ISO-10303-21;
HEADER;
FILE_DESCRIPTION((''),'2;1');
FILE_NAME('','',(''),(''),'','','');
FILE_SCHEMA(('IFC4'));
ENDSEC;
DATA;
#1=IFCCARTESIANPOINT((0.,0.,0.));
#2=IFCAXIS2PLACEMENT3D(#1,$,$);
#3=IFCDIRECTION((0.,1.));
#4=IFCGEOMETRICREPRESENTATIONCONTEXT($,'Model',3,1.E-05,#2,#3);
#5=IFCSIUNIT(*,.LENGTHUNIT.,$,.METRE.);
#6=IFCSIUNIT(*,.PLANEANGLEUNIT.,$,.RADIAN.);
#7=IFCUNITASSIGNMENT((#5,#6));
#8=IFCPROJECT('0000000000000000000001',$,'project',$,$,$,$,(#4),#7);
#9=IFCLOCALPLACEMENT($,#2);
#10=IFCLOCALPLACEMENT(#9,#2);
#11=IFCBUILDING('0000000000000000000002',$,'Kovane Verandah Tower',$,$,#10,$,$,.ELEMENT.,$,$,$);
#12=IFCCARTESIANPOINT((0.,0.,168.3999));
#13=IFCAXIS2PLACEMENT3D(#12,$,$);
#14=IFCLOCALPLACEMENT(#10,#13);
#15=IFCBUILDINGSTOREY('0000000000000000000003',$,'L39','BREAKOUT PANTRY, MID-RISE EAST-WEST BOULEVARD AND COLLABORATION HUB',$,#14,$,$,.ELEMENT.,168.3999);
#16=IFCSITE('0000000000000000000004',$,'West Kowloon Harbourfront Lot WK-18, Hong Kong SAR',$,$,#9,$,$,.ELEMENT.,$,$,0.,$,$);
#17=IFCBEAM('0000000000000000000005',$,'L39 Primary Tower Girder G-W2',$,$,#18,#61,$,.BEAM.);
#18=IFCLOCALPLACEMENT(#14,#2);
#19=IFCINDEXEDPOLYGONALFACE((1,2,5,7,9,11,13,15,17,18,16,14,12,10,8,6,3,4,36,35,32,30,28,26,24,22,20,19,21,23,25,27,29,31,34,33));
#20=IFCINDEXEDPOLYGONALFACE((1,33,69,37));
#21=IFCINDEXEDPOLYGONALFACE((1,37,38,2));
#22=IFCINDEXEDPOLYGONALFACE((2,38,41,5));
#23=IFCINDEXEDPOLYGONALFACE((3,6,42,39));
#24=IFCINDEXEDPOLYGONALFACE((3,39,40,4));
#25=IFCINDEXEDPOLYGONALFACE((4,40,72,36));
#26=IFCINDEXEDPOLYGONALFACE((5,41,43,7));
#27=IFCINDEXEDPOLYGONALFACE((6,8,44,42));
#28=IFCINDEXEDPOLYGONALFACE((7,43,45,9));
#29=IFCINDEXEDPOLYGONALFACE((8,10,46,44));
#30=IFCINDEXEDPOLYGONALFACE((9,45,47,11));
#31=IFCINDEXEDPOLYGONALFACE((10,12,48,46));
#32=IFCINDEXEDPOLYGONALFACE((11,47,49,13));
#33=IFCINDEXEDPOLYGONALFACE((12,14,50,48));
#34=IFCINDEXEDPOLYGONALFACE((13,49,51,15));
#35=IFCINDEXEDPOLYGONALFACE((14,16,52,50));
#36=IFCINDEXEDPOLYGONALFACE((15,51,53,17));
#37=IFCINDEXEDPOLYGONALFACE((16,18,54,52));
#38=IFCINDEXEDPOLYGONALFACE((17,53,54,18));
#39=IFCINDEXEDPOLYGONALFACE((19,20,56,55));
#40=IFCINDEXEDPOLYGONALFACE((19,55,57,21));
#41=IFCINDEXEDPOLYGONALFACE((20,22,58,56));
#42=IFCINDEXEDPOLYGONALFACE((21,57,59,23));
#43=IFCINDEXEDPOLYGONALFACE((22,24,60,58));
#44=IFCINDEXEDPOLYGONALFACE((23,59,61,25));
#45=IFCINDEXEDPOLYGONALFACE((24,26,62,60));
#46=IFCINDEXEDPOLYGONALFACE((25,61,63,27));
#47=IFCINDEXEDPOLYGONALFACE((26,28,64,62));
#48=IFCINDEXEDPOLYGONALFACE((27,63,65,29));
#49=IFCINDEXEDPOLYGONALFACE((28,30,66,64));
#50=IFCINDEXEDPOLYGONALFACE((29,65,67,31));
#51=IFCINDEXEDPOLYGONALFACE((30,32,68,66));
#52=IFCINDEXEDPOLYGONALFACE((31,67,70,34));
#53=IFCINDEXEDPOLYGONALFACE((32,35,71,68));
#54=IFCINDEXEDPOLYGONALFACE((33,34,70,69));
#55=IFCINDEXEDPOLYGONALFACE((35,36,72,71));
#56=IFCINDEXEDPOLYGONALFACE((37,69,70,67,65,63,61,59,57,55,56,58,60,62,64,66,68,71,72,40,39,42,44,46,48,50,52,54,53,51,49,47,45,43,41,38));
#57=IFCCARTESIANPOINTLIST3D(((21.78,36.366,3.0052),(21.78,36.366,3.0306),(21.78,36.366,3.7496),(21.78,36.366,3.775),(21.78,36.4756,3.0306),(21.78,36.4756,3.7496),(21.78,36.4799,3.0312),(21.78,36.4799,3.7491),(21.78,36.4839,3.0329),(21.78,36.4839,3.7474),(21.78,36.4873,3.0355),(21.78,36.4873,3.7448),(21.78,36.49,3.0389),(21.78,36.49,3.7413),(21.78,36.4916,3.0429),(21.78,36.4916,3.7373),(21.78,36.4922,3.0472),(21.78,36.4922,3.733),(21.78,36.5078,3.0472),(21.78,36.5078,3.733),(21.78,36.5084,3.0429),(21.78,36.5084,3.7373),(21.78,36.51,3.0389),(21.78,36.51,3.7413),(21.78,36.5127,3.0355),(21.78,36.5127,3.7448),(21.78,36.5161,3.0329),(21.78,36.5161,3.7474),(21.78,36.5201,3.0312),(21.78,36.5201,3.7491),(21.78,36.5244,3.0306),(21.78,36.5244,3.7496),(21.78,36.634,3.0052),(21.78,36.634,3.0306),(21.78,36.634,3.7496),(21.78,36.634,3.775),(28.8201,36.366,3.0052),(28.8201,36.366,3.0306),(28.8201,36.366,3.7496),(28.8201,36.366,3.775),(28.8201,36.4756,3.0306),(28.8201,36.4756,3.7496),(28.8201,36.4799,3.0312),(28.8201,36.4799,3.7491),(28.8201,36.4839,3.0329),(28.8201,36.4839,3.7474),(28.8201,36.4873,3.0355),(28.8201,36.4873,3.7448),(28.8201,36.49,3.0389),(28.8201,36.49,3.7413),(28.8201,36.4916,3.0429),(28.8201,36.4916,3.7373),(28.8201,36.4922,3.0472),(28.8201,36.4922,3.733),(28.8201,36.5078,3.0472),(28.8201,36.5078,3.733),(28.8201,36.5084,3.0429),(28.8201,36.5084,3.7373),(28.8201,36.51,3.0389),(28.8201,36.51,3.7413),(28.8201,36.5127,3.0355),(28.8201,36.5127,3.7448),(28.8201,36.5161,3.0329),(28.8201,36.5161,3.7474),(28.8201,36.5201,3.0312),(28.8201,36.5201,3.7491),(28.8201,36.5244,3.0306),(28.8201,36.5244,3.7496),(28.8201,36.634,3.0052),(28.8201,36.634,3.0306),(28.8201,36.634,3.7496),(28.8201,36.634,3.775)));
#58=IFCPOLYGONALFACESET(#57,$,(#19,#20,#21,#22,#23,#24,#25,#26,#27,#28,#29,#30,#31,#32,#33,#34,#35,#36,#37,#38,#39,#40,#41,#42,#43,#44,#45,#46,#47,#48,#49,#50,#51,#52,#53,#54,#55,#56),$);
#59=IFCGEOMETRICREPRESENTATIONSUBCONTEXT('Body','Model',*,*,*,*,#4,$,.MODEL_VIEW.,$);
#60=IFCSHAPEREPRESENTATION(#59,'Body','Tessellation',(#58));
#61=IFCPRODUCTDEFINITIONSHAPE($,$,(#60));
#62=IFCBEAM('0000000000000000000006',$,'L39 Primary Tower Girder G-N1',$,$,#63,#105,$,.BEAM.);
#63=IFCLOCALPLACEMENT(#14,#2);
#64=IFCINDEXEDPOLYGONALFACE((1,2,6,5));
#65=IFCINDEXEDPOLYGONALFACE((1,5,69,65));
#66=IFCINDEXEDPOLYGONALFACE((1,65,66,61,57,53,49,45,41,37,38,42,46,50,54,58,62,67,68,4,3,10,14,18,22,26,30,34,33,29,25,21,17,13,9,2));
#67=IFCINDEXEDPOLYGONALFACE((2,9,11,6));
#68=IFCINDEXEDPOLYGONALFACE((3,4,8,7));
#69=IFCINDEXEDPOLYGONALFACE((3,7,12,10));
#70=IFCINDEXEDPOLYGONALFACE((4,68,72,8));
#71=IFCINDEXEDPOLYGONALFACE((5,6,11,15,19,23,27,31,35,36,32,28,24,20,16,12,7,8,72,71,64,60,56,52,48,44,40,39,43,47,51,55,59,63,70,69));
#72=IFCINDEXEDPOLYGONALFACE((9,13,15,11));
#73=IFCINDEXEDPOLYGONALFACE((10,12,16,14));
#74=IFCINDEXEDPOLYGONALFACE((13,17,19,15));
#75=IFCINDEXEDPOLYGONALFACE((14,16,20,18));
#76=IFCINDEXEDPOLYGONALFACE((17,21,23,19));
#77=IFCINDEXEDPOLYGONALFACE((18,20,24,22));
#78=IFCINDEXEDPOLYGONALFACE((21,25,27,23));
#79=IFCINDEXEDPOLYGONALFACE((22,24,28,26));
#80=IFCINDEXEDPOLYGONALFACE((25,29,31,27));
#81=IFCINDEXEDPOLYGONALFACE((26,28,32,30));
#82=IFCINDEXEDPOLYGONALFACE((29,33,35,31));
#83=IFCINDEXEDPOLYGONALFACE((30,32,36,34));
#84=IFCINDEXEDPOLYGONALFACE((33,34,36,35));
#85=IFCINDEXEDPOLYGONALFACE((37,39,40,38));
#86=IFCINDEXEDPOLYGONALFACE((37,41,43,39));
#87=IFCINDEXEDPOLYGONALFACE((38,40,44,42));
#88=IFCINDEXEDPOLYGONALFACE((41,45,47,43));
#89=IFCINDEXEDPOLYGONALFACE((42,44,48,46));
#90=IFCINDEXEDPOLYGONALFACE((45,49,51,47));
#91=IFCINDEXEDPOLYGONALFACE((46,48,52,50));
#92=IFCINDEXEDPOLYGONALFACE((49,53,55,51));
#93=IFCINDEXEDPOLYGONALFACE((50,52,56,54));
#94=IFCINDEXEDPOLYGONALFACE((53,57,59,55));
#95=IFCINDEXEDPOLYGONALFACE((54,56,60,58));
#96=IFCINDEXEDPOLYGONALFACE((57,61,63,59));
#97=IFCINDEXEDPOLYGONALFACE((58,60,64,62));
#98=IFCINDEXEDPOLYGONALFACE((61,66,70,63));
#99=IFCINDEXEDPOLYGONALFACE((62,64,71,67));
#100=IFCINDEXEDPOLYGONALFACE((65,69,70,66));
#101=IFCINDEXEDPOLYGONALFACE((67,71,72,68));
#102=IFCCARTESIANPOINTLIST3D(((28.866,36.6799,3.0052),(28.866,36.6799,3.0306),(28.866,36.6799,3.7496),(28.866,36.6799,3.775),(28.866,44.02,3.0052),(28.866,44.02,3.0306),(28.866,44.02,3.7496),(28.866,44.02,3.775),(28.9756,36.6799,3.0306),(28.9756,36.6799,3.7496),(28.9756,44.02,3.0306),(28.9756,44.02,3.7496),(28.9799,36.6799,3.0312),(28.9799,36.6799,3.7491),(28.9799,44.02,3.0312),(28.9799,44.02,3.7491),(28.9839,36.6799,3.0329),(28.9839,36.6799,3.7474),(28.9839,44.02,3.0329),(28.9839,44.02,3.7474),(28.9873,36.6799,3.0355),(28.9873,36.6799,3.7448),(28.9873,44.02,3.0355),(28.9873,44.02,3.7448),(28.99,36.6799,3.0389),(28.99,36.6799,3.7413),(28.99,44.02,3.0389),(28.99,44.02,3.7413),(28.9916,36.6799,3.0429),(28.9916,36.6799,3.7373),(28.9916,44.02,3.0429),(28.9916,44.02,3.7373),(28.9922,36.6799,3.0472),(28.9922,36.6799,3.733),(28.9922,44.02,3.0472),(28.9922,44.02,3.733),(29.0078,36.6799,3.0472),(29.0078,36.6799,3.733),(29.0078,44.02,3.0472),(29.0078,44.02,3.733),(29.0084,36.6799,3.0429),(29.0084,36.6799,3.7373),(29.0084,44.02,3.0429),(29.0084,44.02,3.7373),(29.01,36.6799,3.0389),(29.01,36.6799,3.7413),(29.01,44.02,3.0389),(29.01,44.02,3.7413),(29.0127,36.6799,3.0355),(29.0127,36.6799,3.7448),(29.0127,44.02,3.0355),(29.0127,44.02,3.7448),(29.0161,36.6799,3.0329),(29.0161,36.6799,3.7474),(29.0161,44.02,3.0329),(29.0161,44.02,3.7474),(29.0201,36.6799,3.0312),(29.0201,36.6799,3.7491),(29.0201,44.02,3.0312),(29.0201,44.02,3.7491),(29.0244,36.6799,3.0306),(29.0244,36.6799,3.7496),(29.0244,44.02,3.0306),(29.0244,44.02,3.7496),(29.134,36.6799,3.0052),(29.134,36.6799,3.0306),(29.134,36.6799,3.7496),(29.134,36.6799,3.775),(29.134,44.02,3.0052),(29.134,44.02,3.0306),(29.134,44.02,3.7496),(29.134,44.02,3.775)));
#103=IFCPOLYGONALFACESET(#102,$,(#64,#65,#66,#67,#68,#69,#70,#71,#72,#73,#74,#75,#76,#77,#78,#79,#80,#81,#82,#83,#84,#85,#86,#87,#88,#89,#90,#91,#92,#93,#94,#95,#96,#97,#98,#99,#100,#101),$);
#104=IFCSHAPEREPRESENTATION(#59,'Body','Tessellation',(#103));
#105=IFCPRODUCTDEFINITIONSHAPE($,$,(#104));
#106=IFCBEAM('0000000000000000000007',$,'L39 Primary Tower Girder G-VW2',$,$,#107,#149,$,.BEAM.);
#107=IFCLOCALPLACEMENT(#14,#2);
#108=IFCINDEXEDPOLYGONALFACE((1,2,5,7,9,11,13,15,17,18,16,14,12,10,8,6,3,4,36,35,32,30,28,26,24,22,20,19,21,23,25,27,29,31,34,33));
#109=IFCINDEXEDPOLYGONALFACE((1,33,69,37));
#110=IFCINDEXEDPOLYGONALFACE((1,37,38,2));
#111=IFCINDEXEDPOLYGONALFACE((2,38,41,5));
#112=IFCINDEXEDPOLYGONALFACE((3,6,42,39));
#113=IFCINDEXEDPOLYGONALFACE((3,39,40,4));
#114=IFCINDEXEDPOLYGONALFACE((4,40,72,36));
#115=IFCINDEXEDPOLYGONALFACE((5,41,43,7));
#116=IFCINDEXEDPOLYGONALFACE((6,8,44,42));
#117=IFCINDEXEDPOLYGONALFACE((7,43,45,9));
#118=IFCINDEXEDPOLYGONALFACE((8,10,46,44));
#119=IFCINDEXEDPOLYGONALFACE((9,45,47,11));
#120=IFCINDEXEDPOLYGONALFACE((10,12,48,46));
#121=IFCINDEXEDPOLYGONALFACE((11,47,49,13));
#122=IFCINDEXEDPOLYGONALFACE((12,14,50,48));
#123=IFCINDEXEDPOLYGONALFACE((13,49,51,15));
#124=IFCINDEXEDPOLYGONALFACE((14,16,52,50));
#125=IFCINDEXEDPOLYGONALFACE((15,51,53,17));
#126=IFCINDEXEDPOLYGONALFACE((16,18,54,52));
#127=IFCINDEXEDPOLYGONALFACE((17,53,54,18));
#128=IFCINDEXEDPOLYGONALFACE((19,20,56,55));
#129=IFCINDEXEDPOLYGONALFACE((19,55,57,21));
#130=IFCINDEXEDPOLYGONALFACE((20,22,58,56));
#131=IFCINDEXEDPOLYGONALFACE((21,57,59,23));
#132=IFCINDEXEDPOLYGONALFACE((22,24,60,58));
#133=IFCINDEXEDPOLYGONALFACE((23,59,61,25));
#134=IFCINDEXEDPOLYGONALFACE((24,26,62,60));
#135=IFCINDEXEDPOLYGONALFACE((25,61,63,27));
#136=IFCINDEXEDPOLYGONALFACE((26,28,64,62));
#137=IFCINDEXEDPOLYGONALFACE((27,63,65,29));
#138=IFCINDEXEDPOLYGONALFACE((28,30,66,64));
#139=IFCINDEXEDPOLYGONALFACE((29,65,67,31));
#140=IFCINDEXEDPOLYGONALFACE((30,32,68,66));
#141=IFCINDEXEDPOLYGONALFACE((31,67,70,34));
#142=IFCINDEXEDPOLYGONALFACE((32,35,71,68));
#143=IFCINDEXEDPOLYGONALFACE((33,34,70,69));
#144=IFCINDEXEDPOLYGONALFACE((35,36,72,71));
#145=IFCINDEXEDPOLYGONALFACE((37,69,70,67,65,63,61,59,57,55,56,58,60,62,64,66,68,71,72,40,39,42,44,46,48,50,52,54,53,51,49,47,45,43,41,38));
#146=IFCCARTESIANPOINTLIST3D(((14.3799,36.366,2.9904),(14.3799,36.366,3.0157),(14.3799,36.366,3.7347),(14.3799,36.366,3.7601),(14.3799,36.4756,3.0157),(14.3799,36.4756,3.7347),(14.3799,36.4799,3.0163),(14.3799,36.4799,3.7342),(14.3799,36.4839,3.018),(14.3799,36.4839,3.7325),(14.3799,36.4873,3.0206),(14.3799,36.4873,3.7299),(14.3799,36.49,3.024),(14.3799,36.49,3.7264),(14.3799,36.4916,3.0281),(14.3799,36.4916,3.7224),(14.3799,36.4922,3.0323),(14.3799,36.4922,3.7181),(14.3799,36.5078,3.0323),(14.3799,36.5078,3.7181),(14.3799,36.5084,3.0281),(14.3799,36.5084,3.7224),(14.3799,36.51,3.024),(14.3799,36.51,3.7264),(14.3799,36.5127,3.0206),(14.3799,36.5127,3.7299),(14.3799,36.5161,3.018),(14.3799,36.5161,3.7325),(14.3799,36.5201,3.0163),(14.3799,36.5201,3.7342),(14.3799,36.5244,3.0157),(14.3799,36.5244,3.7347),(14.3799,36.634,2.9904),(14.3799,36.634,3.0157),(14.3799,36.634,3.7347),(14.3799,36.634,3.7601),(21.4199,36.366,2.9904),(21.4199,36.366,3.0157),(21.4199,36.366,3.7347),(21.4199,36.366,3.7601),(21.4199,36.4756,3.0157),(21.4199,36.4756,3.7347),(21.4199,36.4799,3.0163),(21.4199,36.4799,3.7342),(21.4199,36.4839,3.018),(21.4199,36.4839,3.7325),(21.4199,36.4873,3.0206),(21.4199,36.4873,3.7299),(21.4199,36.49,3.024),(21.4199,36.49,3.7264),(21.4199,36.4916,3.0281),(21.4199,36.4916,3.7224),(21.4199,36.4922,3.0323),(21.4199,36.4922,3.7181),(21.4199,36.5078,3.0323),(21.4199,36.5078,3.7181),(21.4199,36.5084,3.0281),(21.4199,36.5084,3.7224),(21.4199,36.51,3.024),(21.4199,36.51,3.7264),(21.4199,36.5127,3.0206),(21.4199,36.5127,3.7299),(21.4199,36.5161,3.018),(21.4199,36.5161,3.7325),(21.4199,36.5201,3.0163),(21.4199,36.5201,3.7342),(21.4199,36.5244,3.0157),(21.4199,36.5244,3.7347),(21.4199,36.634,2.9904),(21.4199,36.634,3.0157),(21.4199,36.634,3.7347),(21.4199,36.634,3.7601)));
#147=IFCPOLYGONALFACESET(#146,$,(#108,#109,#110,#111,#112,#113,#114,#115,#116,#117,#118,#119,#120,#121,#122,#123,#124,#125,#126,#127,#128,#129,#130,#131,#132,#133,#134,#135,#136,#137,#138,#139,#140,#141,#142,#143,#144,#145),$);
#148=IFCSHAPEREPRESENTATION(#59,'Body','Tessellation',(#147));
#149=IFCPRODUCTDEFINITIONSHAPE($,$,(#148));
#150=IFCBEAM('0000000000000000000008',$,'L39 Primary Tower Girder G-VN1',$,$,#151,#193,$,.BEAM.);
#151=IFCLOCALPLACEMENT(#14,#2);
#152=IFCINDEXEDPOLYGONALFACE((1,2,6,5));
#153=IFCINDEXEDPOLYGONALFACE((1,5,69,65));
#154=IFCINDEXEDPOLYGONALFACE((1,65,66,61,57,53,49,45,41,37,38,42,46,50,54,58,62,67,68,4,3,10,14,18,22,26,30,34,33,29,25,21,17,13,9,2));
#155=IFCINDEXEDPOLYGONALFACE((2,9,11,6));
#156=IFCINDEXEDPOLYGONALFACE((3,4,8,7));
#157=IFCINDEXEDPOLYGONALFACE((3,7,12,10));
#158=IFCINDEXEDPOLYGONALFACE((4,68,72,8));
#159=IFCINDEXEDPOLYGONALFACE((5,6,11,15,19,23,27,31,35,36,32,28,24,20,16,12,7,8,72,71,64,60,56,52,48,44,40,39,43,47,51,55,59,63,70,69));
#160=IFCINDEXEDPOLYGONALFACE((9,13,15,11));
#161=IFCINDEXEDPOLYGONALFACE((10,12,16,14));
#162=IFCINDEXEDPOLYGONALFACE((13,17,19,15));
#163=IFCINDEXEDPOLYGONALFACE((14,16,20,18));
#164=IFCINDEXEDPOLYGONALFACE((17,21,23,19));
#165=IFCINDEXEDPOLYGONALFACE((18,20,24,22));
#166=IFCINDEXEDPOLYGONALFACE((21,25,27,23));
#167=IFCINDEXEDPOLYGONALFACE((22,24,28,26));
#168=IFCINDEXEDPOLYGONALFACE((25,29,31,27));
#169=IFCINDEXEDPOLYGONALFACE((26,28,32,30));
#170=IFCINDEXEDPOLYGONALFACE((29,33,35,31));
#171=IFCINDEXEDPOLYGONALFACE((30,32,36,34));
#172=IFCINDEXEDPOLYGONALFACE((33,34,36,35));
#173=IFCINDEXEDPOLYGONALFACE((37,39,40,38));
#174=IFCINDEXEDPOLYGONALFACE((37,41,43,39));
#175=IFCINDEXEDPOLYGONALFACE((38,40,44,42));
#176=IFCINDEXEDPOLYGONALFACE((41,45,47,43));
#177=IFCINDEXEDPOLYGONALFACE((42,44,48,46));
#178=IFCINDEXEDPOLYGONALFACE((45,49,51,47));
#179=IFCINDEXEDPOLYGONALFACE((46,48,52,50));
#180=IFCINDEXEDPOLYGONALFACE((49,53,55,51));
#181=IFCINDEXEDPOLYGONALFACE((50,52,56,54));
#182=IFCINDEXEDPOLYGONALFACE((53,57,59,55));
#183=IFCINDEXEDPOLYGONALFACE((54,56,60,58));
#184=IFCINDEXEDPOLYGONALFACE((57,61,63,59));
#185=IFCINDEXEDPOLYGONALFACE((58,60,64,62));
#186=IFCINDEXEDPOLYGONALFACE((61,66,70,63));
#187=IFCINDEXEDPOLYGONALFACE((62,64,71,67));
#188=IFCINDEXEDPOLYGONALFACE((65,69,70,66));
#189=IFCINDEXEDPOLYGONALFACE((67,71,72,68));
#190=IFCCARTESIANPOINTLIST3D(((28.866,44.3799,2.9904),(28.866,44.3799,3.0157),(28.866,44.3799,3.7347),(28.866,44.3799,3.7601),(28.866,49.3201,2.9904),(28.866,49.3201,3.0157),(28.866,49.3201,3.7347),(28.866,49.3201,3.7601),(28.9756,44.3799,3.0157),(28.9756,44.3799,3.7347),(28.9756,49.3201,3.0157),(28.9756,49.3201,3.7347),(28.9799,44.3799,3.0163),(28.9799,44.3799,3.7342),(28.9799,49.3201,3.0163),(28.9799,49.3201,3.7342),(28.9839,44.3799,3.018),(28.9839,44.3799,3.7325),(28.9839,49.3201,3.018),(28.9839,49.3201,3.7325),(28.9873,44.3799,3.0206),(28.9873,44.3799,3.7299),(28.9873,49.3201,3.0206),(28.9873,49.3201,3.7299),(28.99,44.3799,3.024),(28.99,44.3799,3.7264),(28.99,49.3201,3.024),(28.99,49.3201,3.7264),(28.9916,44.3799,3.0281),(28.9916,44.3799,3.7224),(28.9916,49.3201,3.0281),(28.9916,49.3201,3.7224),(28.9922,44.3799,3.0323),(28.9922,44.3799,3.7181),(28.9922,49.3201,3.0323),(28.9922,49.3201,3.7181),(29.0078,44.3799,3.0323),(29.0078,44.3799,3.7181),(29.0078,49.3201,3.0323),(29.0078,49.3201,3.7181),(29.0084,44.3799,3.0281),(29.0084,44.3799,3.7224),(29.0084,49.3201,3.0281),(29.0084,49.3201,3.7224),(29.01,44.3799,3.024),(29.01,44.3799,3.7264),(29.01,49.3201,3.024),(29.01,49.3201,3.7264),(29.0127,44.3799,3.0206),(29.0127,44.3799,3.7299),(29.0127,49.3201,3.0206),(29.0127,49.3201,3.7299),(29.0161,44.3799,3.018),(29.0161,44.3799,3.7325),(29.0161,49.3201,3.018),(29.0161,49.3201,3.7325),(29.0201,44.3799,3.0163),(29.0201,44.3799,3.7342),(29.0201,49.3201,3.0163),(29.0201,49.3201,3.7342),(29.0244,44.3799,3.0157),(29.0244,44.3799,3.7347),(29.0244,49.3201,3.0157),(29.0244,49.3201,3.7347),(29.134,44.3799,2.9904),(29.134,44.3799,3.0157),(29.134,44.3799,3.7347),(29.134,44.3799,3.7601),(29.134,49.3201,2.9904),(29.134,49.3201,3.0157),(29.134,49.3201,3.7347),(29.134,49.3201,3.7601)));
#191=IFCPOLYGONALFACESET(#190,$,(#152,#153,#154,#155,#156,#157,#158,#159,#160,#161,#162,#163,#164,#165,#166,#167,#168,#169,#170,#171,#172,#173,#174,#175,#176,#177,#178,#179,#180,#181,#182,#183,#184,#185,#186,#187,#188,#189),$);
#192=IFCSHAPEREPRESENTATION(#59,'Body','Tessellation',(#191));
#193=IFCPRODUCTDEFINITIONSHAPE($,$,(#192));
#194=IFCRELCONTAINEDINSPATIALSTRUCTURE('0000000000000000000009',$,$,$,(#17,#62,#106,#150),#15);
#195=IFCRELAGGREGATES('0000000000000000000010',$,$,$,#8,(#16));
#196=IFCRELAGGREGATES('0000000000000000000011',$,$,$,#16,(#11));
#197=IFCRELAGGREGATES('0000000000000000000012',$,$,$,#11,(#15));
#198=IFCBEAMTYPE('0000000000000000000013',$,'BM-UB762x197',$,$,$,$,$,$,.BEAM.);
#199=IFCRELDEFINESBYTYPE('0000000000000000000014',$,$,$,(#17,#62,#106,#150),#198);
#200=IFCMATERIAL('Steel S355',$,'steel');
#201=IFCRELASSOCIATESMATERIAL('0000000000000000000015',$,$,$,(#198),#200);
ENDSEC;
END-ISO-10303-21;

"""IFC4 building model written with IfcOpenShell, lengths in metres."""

from ifc_helpers import new_model, si_unit, direction, frame, origin, origin_2d, place, context, subcontext, project, spatial, i_section, extrude, material, material_profile, profile_set, type_object, element, save


model = new_model("IFC4")

# Units and contexts
model_context = context("Model", 3, precision=1e-05, world=origin(), true_north=direction((0.0, 1.0)))
body_context = subcontext(model_context, "Body", "Model", "MODEL_VIEW")
ifc_project = project(units=[si_unit("LENGTHUNIT", "METRE"), si_unit("PLANEANGLEUNIT", "RADIAN")], contexts=[model_context])

# Site, building, storey
site_placement = place(None, origin())
site = spatial("IfcSite", under=ifc_project, at=site_placement, Name="West Kowloon Harbourfront Lot WK-18, Hong Kong SAR", CompositionType="ELEMENT", RefElevation=0.0)
building_placement = place(site_placement, origin())
building = spatial("IfcBuilding", under=site, at=building_placement, Name="Kovane Verandah Tower", CompositionType="ELEMENT")
storey_placement = place(building_placement, frame((0.0, 0.0, 168.3999)))
storey = spatial("IfcBuildingStorey", under=building, at=storey_placement, Name="L39", Description="BREAKOUT PANTRY, MID-RISE EAST-WEST BOULEVARD AND COLLABORATION HUB", CompositionType="ELEMENT", Elevation=168.3999)

# Beams
ifc_material_1 = material(Name="Steel S355", Category="steel")
ifc_material_profile_1 = material_profile(ifc_material_1, i_section(OverallWidth=0.2681, OverallDepth=0.7698, WebThickness=0.0156, FlangeThickness=0.0254, FilletRadius=0.0166, at=origin_2d()), Name="UB762x267x197")
ifc_profile_set_1 = profile_set([ifc_material_profile_1], Name="Steel S355")
beam_type_1 = type_object("IfcBeamType", Name="BM-UB762x197", PredefinedType="BEAM", material=ifc_profile_set_1)
beam_1_placement = place(storey_placement, frame((28.8201, 36.5, 3.3901), z_axis=(-1.0, 0.0, 0.0), x_axis=(0.0, -1.0, 0.0)))
element("IfcBeam", 1, at=beam_1_placement, inside=storey, type_object=beam_type_1, Name="L39 Primary Tower Girder G-W2", PredefinedType="BEAM", context=body_context, shape_type="SweptSolid", body=[
    extrude(i_section(OverallWidth=0.2681, OverallDepth=0.7698, WebThickness=0.0156, FlangeThickness=0.0254, FilletRadius=0.0166, at=origin_2d()), origin(), (0.0, 0.0, 1.0), 7.04),
])
beam_2_placement = place(storey_placement, frame((29.0, 36.6799, 3.3901), z_axis=(0.0, 1.0, 0.0), x_axis=(-1.0, 0.0, 0.0)))
element("IfcBeam", 2, at=beam_2_placement, inside=storey, type_object=beam_type_1, Name="L39 Primary Tower Girder G-N1", PredefinedType="BEAM", context=body_context, shape_type="SweptSolid", body=[
    extrude(i_section(OverallWidth=0.2681, OverallDepth=0.7698, WebThickness=0.0156, FlangeThickness=0.0254, FilletRadius=0.0166, at=origin_2d()), origin(), (0.0, 0.0, 1.0), 7.3401),
])
beam_3_placement = place(storey_placement, frame((21.4199, 36.5, 3.3752), z_axis=(-1.0, 0.0, 0.0), x_axis=(0.0, -1.0, 0.0)))
element("IfcBeam", 3, at=beam_3_placement, inside=storey, type_object=beam_type_1, Name="L39 Primary Tower Girder G-VW2", PredefinedType="BEAM", context=body_context, shape_type="SweptSolid", body=[
    extrude(i_section(OverallWidth=0.2681, OverallDepth=0.7698, WebThickness=0.0156, FlangeThickness=0.0254, FilletRadius=0.0166, at=origin_2d()), origin(), (0.0, 0.0, 1.0), 7.04),
])
beam_4_placement = place(storey_placement, frame((29.0, 44.3799, 3.3752), z_axis=(0.0, 1.0, 0.0), x_axis=(-1.0, 0.0, 0.0)))
element("IfcBeam", 4, at=beam_4_placement, inside=storey, type_object=beam_type_1, Name="L39 Primary Tower Girder G-VN1", PredefinedType="BEAM", context=body_context, shape_type="SweptSolid", body=[
    extrude(i_section(OverallWidth=0.2681, OverallDepth=0.7698, WebThickness=0.0156, FlangeThickness=0.0254, FilletRadius=0.0166, at=origin_2d()), origin(), (0.0, 0.0, 1.0), 4.9402),
])

save(model, "model.ifc")
